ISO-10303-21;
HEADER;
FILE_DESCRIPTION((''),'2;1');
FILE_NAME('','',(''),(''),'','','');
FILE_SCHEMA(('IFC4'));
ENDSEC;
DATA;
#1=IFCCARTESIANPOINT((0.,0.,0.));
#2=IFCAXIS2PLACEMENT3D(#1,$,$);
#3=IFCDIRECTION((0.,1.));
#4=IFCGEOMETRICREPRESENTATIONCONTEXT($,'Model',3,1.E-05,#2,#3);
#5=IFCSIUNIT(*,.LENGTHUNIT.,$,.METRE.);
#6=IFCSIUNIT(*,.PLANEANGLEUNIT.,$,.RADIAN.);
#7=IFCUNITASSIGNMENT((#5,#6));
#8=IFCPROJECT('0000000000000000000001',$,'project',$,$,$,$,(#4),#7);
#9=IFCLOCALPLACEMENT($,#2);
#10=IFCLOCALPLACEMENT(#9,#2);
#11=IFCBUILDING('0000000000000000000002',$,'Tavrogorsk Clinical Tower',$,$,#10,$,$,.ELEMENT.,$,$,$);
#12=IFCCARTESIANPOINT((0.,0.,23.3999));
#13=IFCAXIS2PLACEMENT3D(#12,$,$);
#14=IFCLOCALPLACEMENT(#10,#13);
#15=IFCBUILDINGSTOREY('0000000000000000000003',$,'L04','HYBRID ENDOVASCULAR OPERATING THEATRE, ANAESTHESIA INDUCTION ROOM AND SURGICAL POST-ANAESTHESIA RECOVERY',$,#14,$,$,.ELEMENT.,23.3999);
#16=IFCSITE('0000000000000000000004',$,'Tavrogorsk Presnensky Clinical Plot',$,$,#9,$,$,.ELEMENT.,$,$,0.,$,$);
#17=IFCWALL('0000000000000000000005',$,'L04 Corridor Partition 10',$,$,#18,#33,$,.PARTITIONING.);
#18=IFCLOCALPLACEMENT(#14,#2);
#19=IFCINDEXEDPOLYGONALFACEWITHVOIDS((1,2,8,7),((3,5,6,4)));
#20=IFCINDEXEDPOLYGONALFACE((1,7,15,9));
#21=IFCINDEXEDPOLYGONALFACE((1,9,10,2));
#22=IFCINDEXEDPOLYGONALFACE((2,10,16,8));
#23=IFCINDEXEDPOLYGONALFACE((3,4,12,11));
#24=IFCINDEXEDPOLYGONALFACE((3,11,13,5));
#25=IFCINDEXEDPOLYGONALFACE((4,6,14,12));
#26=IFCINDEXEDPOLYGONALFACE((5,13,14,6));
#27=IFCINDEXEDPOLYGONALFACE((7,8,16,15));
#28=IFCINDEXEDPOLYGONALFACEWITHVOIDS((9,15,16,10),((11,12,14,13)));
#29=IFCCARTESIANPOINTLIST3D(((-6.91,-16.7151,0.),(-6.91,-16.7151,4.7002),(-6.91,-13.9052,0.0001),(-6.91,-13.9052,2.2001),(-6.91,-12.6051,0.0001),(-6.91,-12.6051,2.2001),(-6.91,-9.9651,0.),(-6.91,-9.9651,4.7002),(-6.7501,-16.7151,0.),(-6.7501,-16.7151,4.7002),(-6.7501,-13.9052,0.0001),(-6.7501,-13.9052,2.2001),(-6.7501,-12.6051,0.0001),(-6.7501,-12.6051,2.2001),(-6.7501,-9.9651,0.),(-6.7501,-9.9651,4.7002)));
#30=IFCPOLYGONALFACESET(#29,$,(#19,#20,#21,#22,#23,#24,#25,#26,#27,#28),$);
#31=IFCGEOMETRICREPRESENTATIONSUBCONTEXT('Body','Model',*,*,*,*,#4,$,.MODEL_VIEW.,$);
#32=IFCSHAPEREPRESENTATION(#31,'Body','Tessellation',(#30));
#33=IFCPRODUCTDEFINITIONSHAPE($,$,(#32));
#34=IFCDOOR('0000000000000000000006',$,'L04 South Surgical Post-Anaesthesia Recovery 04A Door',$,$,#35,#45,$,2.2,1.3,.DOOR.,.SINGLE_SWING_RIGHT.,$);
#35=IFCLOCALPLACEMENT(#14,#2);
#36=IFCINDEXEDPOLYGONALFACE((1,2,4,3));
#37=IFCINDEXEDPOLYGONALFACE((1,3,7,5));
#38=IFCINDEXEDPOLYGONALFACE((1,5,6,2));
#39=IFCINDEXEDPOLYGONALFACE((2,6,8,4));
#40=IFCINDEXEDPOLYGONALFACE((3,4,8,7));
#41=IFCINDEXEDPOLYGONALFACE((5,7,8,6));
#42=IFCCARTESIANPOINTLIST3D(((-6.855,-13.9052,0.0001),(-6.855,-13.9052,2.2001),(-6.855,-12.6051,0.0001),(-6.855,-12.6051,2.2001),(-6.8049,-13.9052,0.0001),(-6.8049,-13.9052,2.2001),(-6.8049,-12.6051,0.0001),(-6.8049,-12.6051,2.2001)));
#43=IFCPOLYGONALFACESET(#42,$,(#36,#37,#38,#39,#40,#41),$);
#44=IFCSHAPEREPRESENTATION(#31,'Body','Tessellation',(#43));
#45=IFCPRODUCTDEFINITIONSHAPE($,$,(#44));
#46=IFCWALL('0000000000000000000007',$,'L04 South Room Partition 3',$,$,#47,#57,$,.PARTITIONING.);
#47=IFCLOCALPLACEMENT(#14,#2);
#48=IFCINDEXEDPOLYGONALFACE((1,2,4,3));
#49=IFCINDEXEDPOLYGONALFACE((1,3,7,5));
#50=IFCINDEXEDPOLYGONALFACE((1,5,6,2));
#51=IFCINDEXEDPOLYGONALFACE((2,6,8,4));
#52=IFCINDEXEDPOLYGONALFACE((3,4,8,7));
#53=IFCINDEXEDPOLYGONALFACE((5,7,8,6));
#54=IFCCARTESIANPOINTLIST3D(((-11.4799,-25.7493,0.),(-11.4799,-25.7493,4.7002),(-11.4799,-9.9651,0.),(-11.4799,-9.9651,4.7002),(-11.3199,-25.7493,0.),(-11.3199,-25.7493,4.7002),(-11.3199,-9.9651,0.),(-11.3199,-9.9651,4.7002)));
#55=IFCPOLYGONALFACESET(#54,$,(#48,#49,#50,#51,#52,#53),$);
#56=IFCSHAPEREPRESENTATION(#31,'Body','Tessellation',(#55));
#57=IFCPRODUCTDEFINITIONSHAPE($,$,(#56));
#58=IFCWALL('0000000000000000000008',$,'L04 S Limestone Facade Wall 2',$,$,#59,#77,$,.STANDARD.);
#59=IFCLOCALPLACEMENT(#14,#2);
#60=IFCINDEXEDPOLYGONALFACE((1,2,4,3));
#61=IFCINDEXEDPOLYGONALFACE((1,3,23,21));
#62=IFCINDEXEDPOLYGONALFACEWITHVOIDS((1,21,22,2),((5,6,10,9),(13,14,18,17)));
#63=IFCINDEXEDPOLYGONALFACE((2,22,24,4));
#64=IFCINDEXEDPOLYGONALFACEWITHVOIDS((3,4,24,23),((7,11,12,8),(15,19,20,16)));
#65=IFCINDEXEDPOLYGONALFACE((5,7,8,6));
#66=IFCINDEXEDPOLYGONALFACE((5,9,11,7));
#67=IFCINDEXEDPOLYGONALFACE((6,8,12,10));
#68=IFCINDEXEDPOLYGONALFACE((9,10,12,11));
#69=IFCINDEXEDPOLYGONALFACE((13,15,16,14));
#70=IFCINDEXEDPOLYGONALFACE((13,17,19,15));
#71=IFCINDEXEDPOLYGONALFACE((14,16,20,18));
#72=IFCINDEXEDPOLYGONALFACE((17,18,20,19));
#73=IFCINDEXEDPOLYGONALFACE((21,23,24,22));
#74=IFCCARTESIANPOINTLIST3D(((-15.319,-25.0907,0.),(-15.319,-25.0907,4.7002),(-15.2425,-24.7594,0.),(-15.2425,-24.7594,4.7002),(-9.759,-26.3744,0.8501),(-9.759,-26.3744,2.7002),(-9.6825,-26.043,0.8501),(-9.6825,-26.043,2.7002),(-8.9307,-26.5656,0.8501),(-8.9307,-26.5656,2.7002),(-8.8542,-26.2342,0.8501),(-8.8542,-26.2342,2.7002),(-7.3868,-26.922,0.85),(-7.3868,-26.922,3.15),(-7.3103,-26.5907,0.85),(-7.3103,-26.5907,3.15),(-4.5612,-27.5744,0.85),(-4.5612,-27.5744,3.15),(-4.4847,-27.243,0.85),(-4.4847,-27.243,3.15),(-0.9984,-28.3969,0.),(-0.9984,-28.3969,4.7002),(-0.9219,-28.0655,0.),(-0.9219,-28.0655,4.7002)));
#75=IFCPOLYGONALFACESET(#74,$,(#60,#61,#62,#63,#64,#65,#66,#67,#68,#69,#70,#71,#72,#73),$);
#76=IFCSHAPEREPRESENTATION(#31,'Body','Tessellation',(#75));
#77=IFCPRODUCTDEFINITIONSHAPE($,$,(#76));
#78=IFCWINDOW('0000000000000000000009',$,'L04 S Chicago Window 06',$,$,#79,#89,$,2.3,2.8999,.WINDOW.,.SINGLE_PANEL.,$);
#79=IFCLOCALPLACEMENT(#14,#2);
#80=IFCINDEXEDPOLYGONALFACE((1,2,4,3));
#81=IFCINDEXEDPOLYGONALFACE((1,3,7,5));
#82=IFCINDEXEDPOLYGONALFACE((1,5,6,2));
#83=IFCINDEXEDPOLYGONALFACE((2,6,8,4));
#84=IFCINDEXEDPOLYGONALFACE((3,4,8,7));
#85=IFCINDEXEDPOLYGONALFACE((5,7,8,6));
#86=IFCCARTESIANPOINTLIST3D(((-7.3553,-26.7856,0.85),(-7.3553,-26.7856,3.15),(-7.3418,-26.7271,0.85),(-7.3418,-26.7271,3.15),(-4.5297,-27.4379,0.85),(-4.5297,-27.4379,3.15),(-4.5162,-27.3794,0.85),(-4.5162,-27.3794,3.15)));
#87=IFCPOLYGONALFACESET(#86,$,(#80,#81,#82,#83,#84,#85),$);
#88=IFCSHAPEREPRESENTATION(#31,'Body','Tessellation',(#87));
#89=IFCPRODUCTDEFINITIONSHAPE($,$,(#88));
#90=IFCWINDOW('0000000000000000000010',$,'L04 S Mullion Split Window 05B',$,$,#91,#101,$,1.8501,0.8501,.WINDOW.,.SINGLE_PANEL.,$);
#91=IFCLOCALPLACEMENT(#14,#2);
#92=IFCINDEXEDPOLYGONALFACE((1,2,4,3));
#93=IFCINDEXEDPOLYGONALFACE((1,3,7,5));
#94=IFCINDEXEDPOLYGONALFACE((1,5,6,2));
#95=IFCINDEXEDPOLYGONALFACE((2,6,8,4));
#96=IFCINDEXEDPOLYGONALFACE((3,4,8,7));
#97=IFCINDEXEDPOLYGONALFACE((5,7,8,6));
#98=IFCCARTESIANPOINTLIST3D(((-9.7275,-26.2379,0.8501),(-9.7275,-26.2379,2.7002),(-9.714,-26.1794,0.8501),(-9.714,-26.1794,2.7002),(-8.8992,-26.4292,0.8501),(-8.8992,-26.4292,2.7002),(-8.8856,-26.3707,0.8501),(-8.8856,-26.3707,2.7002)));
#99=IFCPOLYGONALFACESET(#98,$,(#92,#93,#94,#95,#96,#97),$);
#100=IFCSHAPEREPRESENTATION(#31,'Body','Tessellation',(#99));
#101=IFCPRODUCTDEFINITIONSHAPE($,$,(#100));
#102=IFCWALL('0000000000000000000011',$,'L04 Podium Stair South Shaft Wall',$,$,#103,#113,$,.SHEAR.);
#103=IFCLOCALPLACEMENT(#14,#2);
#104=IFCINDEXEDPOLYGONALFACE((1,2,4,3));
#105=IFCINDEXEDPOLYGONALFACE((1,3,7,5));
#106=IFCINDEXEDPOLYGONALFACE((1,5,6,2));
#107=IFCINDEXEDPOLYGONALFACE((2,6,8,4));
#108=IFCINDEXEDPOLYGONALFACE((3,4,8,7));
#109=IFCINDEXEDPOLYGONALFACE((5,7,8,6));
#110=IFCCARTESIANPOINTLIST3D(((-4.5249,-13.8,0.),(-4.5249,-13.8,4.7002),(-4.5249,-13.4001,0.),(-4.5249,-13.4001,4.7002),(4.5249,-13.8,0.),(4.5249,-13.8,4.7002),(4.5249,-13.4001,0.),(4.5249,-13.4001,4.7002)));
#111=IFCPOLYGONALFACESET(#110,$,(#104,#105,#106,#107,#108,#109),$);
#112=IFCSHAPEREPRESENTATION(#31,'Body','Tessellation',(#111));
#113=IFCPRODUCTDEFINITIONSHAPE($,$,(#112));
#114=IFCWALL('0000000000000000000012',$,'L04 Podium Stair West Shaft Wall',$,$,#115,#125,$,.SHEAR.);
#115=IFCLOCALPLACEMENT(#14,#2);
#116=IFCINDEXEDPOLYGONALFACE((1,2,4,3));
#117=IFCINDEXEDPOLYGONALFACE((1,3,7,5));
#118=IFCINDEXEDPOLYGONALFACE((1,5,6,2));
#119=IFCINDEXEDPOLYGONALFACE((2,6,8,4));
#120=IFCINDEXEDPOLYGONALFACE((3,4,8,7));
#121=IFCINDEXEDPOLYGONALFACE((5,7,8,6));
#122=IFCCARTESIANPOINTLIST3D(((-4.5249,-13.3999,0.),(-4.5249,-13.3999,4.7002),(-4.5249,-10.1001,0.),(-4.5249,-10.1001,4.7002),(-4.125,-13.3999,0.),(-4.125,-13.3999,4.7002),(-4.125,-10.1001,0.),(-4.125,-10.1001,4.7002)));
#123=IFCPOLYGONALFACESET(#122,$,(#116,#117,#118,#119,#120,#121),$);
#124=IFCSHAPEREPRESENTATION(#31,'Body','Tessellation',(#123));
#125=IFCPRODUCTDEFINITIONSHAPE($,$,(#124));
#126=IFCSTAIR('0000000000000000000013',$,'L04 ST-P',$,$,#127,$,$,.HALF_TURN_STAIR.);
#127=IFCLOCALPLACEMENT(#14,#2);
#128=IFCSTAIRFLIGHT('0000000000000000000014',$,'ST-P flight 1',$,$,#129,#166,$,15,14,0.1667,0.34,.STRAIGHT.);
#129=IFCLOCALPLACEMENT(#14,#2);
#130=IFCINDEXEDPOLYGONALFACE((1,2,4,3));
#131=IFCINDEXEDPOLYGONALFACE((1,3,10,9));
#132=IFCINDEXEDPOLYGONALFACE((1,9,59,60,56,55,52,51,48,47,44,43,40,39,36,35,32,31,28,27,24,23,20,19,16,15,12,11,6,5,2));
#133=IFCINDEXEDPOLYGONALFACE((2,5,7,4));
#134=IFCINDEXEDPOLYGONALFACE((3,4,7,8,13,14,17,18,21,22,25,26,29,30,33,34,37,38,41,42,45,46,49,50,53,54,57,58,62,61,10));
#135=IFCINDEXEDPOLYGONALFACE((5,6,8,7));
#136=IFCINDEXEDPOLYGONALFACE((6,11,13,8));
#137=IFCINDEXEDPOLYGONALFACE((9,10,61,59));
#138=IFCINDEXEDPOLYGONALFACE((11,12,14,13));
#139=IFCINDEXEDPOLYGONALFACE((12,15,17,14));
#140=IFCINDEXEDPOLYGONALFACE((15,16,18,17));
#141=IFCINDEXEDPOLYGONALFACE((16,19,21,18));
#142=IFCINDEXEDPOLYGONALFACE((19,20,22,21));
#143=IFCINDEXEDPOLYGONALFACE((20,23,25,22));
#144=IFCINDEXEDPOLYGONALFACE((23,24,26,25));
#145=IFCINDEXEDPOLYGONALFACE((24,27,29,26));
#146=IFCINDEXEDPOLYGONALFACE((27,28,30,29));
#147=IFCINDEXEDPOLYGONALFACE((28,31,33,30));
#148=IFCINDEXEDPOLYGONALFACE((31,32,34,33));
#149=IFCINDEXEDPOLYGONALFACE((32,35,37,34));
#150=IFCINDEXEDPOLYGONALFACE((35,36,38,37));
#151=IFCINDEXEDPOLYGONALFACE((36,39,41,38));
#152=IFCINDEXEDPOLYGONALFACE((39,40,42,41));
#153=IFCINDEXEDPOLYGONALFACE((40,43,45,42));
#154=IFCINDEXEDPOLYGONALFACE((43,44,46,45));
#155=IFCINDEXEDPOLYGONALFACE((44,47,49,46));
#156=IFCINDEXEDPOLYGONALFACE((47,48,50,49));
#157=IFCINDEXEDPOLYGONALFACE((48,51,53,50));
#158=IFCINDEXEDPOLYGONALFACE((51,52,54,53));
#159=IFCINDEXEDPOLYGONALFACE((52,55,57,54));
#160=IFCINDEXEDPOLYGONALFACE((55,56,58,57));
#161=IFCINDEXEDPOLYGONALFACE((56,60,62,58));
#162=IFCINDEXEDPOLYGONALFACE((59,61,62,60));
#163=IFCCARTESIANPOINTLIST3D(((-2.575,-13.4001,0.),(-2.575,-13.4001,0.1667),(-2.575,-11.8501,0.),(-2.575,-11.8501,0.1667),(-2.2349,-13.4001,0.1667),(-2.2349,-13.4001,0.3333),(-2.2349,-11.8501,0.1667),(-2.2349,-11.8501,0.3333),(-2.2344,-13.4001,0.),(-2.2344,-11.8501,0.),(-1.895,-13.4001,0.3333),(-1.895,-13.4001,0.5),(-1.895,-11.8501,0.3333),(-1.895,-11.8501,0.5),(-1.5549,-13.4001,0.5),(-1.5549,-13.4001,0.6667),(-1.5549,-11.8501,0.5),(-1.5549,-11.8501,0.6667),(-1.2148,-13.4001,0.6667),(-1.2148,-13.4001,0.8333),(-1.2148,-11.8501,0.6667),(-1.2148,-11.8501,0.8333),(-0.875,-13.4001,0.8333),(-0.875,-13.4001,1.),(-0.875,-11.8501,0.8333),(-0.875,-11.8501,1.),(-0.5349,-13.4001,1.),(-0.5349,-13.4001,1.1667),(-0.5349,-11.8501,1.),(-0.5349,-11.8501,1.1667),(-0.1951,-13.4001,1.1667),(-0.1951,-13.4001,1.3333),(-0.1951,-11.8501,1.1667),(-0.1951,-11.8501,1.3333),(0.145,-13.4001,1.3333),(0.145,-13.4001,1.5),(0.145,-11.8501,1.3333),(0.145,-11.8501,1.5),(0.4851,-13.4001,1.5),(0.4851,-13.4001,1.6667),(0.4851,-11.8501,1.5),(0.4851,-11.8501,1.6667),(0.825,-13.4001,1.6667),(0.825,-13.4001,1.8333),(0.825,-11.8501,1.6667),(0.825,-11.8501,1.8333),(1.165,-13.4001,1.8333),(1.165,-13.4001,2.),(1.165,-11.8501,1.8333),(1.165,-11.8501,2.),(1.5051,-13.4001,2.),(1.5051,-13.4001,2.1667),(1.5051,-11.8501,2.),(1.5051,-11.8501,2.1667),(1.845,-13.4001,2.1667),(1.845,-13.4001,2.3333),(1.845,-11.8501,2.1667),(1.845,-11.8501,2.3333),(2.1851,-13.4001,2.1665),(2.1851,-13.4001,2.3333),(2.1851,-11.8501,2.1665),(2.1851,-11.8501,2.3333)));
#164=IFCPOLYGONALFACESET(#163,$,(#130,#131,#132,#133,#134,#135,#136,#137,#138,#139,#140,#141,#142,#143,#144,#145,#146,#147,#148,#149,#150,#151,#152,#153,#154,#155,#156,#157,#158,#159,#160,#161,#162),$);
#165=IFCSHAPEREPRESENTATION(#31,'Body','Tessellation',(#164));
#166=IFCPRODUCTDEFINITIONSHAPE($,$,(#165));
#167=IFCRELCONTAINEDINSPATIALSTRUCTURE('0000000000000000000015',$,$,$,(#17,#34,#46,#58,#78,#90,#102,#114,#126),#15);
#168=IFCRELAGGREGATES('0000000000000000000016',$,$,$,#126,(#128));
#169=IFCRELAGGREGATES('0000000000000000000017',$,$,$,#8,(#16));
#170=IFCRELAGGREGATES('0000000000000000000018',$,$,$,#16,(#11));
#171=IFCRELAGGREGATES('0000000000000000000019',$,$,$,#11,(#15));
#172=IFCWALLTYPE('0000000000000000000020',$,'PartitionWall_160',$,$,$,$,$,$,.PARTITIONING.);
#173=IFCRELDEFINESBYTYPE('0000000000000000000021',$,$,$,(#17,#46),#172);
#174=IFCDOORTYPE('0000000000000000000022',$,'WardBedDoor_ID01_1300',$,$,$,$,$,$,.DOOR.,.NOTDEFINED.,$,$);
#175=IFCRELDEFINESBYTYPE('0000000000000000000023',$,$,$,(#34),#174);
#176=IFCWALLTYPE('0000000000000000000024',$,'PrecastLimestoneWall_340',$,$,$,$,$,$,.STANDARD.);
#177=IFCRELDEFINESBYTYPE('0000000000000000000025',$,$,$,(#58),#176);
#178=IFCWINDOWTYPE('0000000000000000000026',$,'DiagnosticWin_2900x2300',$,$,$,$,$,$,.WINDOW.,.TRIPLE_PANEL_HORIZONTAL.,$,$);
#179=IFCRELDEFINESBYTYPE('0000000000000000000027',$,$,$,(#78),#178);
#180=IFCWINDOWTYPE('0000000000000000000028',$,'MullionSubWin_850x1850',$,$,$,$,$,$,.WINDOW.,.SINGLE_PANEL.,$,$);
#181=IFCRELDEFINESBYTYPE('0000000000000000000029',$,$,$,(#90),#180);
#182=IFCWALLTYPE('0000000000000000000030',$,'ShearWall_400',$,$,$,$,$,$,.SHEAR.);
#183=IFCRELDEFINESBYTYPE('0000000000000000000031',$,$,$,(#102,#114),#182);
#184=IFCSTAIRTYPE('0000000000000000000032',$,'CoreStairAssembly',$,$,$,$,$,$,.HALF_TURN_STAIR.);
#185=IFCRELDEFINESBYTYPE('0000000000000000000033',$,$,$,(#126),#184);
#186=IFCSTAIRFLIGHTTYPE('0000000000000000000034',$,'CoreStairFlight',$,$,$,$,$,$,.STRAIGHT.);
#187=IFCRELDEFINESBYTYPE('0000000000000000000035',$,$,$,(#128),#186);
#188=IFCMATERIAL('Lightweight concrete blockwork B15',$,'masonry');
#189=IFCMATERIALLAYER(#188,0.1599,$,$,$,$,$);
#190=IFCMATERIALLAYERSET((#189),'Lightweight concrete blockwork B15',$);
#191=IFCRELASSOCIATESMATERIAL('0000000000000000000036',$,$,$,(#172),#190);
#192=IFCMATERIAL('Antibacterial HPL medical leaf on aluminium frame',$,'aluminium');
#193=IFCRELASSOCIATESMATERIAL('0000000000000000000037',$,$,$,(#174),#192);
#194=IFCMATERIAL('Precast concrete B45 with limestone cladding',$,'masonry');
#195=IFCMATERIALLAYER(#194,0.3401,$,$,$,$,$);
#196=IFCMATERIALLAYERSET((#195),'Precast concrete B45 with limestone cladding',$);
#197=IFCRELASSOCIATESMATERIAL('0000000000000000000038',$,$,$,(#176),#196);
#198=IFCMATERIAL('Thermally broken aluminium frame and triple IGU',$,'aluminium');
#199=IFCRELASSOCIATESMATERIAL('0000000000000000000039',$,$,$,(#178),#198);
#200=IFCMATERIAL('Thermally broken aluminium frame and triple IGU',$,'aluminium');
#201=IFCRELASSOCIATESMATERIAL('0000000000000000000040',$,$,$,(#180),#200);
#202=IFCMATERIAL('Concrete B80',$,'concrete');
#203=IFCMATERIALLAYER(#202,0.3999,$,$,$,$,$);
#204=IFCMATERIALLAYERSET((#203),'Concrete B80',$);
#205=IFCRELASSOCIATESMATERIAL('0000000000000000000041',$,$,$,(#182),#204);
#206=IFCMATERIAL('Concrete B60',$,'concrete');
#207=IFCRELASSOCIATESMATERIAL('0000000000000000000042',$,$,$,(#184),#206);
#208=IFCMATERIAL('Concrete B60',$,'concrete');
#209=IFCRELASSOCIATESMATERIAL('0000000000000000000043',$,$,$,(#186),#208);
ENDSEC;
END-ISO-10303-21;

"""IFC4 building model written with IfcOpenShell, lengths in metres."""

from ifc_helpers import new_model, si_unit, direction, frame, frame_2d, origin, place, context, subcontext, project, spatial, polyline, rectangle, outline, extrude, material, layer, layer_set, type_object, element, fill, aggregate, save


model = new_model("IFC4")

# Units and contexts
model_context = context("Model", 3, precision=1e-05, world=origin(), true_north=direction((0.0, 1.0)))
body_context = subcontext(model_context, "Body", "Model", "MODEL_VIEW")
ifc_project = project(units=[si_unit("LENGTHUNIT", "METRE"), si_unit("PLANEANGLEUNIT", "RADIAN")], contexts=[model_context])

# Site, building, storey
site_placement = place(None, origin())
site = spatial("IfcSite", under=ifc_project, at=site_placement, Name="Tavrogorsk Presnensky Clinical Plot", CompositionType="ELEMENT", RefElevation=0.0)
building_placement = place(site_placement, origin())
building = spatial("IfcBuilding", under=site, at=building_placement, Name="Tavrogorsk Clinical Tower", CompositionType="ELEMENT")
storey_placement = place(building_placement, frame((0.0, 0.0, 23.3999)))
storey = spatial("IfcBuildingStorey", under=building, at=storey_placement, Name="L04", Description="HYBRID ENDOVASCULAR OPERATING THEATRE, ANAESTHESIA INDUCTION ROOM AND SURGICAL POST-ANAESTHESIA RECOVERY", CompositionType="ELEMENT", Elevation=23.3999)

# Shared definitions
ifc_material_1 = material(Name="Lightweight concrete blockwork B15", Category="masonry")
ifc_layer_1 = layer(ifc_material_1, 0.1599)
ifc_layer_set_1 = layer_set([ifc_layer_1], Name="Lightweight concrete blockwork B15")
wall_type_1 = type_object("IfcWallType", Name="PartitionWall_160", PredefinedType="PARTITIONING", material=ifc_layer_set_1)

# Wall, opening, door
wall_1_placement = place(storey_placement, frame((-6.8301, -16.7151, 0.0), z_axis=(0.0, 0.0, 1.0), x_axis=(0.0, 1.0, 0.0)))
wall_1 = element("IfcWall", 1, at=wall_1_placement, inside=storey, type_object=wall_type_1, Name="L04 Corridor Partition 10", PredefinedType="PARTITIONING", context=body_context, shape_type="SweptSolid", body=[
    extrude(rectangle(XDim=6.75, YDim=0.1599, at=frame_2d((3.375, 0.0))), origin(), (0.0, 0.0, 1.0), 4.7002),
])
opening_1_placement = place(wall_1_placement, frame((2.8101, 0.0, 0.0)))
opening_1 = element("IfcOpeningElement", 2, at=opening_1_placement, cuts=wall_1, PredefinedType="OPENING", context=body_context, shape_type="SweptSolid", body=[
    extrude(rectangle(XDim=1.3, YDim=2.2, at=frame_2d((0.6499, 1.1001))), frame((0.0, 0.0898, 0.0), z_axis=(0.0, -1.0, 0.0), x_axis=(1.0, 0.0, 0.0)), (0.0, 0.0, 1.0), 0.1799),
])
ifc_material_2 = material(Name="Antibacterial HPL medical leaf on aluminium frame", Category="aluminium")
door_type = type_object("IfcDoorType", Name="WardBedDoor_ID01_1300", OperationType="NOTDEFINED", PredefinedType="DOOR", material=ifc_material_2)
door_placement = place(opening_1_placement, origin())
door = element("IfcDoor", 3, at=door_placement, inside=storey, type_object=door_type, Name="L04 South Surgical Post-Anaesthesia Recovery 04A Door", OperationType="SINGLE_SWING_RIGHT", OverallHeight=2.2, OverallWidth=1.3, PredefinedType="DOOR", context=body_context, shape_type="SweptSolid", body=[
    extrude(rectangle(XDim=1.3, YDim=2.2, at=frame_2d((0.6499, 1.1001))), frame((0.0, 0.0249, 0.0), z_axis=(0.0, -1.0, 0.0), x_axis=(1.0, 0.0, 0.0)), (0.0, 0.0, 1.0), 0.05),
])
fill(opening_1, door)

# Wall
wall_2_placement = place(storey_placement, frame((-11.3999, -25.7493, 0.0), z_axis=(0.0, 0.0, 1.0), x_axis=(0.0, 1.0, 0.0)))
element("IfcWall", 4, at=wall_2_placement, inside=storey, type_object=wall_type_1, Name="L04 South Room Partition 3", PredefinedType="PARTITIONING", context=body_context, shape_type="SweptSolid", body=[
    extrude(rectangle(XDim=15.7842, YDim=0.1599, at=frame_2d((7.8921, 0.0))), origin(), (0.0, 0.0, 1.0), 4.7002),
])

# Wall, openings, windows
ifc_material_3 = material(Name="Precast concrete B45 with limestone cladding", Category="masonry")
ifc_layer_2 = layer(ifc_material_3, 0.3401)
ifc_layer_set_2 = layer_set([ifc_layer_2], Name="Precast concrete B45 with limestone cladding")
wall_type_2 = type_object("IfcWallType", Name="PrecastLimestoneWall_340", PredefinedType="STANDARD", material=ifc_layer_set_2)
wall_3_placement = place(storey_placement, frame((-15.2808, -24.925, 0.0), z_axis=(0.0, 0.0, 1.0), x_axis=(0.97437, -0.22495, 0.0)))
wall_3 = element("IfcWall", 5, at=wall_3_placement, inside=storey, type_object=wall_type_2, Name="L04 S Limestone Facade Wall 2", PredefinedType="STANDARD", context=body_context, shape_type="SweptSolid", body=[
    extrude(rectangle(XDim=14.6973, YDim=0.3401, at=frame_2d((7.3486, 0.0))), origin(), (0.0, 0.0, 1.0), 4.7002),
])
opening_2_placement = place(wall_3_placement, frame((5.7063, 0.0, 0.8501)))
opening_2 = element("IfcOpeningElement", 6, at=opening_2_placement, cuts=wall_3, PredefinedType="OPENING", context=body_context, shape_type="SweptSolid", body=[
    extrude(rectangle(XDim=0.8501, YDim=1.8501, at=frame_2d((0.425, 0.925))), frame((0.0, 0.1799, 0.0), z_axis=(0.0, -1.0, 0.0), x_axis=(1.0, 0.0, 0.0)), (0.0, 0.0, 1.0), 0.3601),
])
opening_3_placement = place(wall_3_placement, frame((8.1409, 0.0, 0.8501)))
opening_3 = element("IfcOpeningElement", 7, at=opening_3_placement, cuts=wall_3, PredefinedType="OPENING", context=body_context, shape_type="SweptSolid", body=[
    extrude(rectangle(XDim=2.8999, YDim=2.3, at=frame_2d((1.45, 1.1499))), frame((0.0, 0.1799, 0.0), z_axis=(0.0, -1.0, 0.0), x_axis=(1.0, 0.0, 0.0)), (0.0, 0.0, 1.0), 0.3601),
])
ifc_material_4 = material(Name="Thermally broken aluminium frame and triple IGU", Category="aluminium")
window_type_1 = type_object("IfcWindowType", Name="DiagnosticWin_2900x2300", PartitioningType="TRIPLE_PANEL_HORIZONTAL", PredefinedType="WINDOW", material=ifc_material_4)
window_1_placement = place(opening_3_placement, origin())
window_1 = element("IfcWindow", 8, at=window_1_placement, inside=storey, type_object=window_type_1, Name="L04 S Chicago Window 06", OverallHeight=2.3, OverallWidth=2.8999, PartitioningType="SINGLE_PANEL", PredefinedType="WINDOW", context=body_context, shape_type="SweptSolid", body=[
    extrude(rectangle(XDim=2.8999, YDim=2.3, at=frame_2d((1.45, 1.1499))), frame((0.0, 0.03, 0.0), z_axis=(0.0, -1.0, 0.0), x_axis=(1.0, 0.0, 0.0)), (0.0, 0.0, 1.0), 0.0601),
])
fill(opening_3, window_1)
ifc_material_5 = material(Name="Thermally broken aluminium frame and triple IGU", Category="aluminium")
window_type_2 = type_object("IfcWindowType", Name="MullionSubWin_850x1850", PartitioningType="SINGLE_PANEL", PredefinedType="WINDOW", material=ifc_material_5)
window_2_placement = place(opening_2_placement, origin())
window_2 = element("IfcWindow", 9, at=window_2_placement, inside=storey, type_object=window_type_2, Name="L04 S Mullion Split Window 05B", OverallHeight=1.8501, OverallWidth=0.8501, PartitioningType="SINGLE_PANEL", PredefinedType="WINDOW", context=body_context, shape_type="SweptSolid", body=[
    extrude(rectangle(XDim=0.8501, YDim=1.8501, at=frame_2d((0.425, 0.925))), frame((0.0, 0.03, 0.0), z_axis=(0.0, -1.0, 0.0), x_axis=(1.0, 0.0, 0.0)), (0.0, 0.0, 1.0), 0.0601),
])
fill(opening_2, window_2)

# Walls
ifc_material_6 = material(Name="Concrete B80", Category="concrete")
ifc_layer_3 = layer(ifc_material_6, 0.3999)
ifc_layer_set_3 = layer_set([ifc_layer_3], Name="Concrete B80")
wall_type_3 = type_object("IfcWallType", Name="ShearWall_400", PredefinedType="SHEAR", material=ifc_layer_set_3)
wall_4_placement = place(storey_placement, frame((-4.5249, -13.6001, 0.0), z_axis=(0.0, 0.0, 1.0), x_axis=(1.0, 0.0, 0.0)))
element("IfcWall", 10, at=wall_4_placement, inside=storey, type_object=wall_type_3, Name="L04 Podium Stair South Shaft Wall", PredefinedType="SHEAR", context=body_context, shape_type="SweptSolid", body=[
    extrude(rectangle(XDim=9.0498, YDim=0.3999, at=frame_2d((4.5249, 0.0))), origin(), (0.0, 0.0, 1.0), 4.7002),
])
wall_5_placement = place(storey_placement, frame((-4.325, -13.3999, 0.0), z_axis=(0.0, 0.0, 1.0), x_axis=(0.0, 1.0, 0.0)))
element("IfcWall", 11, at=wall_5_placement, inside=storey, type_object=wall_type_3, Name="L04 Podium Stair West Shaft Wall", PredefinedType="SHEAR", context=body_context, shape_type="SweptSolid", body=[
    extrude(rectangle(XDim=3.2998, YDim=0.3999, at=frame_2d((1.6499, 0.0))), origin(), (0.0, 0.0, 1.0), 4.7002),
])

# Stair, stair flight
ifc_material_7 = material(Name="Concrete B60", Category="concrete")
stair_type = type_object("IfcStairType", Name="CoreStairAssembly", PredefinedType="HALF_TURN_STAIR", material=ifc_material_7)
stair_placement = place(storey_placement, origin())
stair = element("IfcStair", 12, at=stair_placement, inside=storey, type_object=stair_type, Name="L04 ST-P", PredefinedType="HALF_TURN_STAIR")
ifc_material_8 = material(Name="Concrete B60", Category="concrete")
stair_flight_type = type_object("IfcStairFlightType", Name="CoreStairFlight", PredefinedType="STRAIGHT", material=ifc_material_8)
stair_flight_placement = place(storey_placement, frame((-2.575, -12.625, 0.0), z_axis=(0.0, 0.0, 1.0), x_axis=(1.0, 0.0, 0.0)))
stair_flight = element("IfcStairFlight", 13, at=stair_flight_placement, type_object=stair_flight_type, Name="ST-P flight 1", NumberOfRisers=15, NumberOfTreads=14, PredefinedType="STRAIGHT", RiserHeight=0.1667, TreadLength=0.34, context=body_context, shape_type="SweptSolid", body=[
    extrude(outline(polyline([(0.0, 0.0), (0.0, 0.1667), (0.3401, 0.1667), (0.3401, 0.3333), (0.6799, 0.3333), (0.6799, 0.5), (1.02, 0.5), (1.02, 0.6667), (1.3601, 0.6667), (1.3601, 0.8333), (1.7, 0.8333), (1.7, 1.0), (2.04, 1.0), (2.04, 1.1667), (2.3799, 1.1667), (2.3799, 1.3333), (2.72, 1.3333), (2.72, 1.5), (3.0601, 1.5), (3.0601, 1.6667), (3.3999, 1.6667), (3.3999, 1.8333), (3.74, 1.8333), (3.74, 2.0), (4.0801, 2.0), (4.0801, 2.1667), (4.4199, 2.1667), (4.4199, 2.3333), (4.76, 2.3333), (4.76, 2.5), (4.76, 2.1665), (0.3406, 0.0), (0.0, 0.0)])), frame((0.0, 0.7749, 0.0), z_axis=(0.0, -1.0, 0.0), x_axis=(1.0, 0.0, 0.0)), (0.0, 0.0, 1.0), 1.55),
])
aggregate(stair, [stair_flight])

save(model, "model.ifc")
